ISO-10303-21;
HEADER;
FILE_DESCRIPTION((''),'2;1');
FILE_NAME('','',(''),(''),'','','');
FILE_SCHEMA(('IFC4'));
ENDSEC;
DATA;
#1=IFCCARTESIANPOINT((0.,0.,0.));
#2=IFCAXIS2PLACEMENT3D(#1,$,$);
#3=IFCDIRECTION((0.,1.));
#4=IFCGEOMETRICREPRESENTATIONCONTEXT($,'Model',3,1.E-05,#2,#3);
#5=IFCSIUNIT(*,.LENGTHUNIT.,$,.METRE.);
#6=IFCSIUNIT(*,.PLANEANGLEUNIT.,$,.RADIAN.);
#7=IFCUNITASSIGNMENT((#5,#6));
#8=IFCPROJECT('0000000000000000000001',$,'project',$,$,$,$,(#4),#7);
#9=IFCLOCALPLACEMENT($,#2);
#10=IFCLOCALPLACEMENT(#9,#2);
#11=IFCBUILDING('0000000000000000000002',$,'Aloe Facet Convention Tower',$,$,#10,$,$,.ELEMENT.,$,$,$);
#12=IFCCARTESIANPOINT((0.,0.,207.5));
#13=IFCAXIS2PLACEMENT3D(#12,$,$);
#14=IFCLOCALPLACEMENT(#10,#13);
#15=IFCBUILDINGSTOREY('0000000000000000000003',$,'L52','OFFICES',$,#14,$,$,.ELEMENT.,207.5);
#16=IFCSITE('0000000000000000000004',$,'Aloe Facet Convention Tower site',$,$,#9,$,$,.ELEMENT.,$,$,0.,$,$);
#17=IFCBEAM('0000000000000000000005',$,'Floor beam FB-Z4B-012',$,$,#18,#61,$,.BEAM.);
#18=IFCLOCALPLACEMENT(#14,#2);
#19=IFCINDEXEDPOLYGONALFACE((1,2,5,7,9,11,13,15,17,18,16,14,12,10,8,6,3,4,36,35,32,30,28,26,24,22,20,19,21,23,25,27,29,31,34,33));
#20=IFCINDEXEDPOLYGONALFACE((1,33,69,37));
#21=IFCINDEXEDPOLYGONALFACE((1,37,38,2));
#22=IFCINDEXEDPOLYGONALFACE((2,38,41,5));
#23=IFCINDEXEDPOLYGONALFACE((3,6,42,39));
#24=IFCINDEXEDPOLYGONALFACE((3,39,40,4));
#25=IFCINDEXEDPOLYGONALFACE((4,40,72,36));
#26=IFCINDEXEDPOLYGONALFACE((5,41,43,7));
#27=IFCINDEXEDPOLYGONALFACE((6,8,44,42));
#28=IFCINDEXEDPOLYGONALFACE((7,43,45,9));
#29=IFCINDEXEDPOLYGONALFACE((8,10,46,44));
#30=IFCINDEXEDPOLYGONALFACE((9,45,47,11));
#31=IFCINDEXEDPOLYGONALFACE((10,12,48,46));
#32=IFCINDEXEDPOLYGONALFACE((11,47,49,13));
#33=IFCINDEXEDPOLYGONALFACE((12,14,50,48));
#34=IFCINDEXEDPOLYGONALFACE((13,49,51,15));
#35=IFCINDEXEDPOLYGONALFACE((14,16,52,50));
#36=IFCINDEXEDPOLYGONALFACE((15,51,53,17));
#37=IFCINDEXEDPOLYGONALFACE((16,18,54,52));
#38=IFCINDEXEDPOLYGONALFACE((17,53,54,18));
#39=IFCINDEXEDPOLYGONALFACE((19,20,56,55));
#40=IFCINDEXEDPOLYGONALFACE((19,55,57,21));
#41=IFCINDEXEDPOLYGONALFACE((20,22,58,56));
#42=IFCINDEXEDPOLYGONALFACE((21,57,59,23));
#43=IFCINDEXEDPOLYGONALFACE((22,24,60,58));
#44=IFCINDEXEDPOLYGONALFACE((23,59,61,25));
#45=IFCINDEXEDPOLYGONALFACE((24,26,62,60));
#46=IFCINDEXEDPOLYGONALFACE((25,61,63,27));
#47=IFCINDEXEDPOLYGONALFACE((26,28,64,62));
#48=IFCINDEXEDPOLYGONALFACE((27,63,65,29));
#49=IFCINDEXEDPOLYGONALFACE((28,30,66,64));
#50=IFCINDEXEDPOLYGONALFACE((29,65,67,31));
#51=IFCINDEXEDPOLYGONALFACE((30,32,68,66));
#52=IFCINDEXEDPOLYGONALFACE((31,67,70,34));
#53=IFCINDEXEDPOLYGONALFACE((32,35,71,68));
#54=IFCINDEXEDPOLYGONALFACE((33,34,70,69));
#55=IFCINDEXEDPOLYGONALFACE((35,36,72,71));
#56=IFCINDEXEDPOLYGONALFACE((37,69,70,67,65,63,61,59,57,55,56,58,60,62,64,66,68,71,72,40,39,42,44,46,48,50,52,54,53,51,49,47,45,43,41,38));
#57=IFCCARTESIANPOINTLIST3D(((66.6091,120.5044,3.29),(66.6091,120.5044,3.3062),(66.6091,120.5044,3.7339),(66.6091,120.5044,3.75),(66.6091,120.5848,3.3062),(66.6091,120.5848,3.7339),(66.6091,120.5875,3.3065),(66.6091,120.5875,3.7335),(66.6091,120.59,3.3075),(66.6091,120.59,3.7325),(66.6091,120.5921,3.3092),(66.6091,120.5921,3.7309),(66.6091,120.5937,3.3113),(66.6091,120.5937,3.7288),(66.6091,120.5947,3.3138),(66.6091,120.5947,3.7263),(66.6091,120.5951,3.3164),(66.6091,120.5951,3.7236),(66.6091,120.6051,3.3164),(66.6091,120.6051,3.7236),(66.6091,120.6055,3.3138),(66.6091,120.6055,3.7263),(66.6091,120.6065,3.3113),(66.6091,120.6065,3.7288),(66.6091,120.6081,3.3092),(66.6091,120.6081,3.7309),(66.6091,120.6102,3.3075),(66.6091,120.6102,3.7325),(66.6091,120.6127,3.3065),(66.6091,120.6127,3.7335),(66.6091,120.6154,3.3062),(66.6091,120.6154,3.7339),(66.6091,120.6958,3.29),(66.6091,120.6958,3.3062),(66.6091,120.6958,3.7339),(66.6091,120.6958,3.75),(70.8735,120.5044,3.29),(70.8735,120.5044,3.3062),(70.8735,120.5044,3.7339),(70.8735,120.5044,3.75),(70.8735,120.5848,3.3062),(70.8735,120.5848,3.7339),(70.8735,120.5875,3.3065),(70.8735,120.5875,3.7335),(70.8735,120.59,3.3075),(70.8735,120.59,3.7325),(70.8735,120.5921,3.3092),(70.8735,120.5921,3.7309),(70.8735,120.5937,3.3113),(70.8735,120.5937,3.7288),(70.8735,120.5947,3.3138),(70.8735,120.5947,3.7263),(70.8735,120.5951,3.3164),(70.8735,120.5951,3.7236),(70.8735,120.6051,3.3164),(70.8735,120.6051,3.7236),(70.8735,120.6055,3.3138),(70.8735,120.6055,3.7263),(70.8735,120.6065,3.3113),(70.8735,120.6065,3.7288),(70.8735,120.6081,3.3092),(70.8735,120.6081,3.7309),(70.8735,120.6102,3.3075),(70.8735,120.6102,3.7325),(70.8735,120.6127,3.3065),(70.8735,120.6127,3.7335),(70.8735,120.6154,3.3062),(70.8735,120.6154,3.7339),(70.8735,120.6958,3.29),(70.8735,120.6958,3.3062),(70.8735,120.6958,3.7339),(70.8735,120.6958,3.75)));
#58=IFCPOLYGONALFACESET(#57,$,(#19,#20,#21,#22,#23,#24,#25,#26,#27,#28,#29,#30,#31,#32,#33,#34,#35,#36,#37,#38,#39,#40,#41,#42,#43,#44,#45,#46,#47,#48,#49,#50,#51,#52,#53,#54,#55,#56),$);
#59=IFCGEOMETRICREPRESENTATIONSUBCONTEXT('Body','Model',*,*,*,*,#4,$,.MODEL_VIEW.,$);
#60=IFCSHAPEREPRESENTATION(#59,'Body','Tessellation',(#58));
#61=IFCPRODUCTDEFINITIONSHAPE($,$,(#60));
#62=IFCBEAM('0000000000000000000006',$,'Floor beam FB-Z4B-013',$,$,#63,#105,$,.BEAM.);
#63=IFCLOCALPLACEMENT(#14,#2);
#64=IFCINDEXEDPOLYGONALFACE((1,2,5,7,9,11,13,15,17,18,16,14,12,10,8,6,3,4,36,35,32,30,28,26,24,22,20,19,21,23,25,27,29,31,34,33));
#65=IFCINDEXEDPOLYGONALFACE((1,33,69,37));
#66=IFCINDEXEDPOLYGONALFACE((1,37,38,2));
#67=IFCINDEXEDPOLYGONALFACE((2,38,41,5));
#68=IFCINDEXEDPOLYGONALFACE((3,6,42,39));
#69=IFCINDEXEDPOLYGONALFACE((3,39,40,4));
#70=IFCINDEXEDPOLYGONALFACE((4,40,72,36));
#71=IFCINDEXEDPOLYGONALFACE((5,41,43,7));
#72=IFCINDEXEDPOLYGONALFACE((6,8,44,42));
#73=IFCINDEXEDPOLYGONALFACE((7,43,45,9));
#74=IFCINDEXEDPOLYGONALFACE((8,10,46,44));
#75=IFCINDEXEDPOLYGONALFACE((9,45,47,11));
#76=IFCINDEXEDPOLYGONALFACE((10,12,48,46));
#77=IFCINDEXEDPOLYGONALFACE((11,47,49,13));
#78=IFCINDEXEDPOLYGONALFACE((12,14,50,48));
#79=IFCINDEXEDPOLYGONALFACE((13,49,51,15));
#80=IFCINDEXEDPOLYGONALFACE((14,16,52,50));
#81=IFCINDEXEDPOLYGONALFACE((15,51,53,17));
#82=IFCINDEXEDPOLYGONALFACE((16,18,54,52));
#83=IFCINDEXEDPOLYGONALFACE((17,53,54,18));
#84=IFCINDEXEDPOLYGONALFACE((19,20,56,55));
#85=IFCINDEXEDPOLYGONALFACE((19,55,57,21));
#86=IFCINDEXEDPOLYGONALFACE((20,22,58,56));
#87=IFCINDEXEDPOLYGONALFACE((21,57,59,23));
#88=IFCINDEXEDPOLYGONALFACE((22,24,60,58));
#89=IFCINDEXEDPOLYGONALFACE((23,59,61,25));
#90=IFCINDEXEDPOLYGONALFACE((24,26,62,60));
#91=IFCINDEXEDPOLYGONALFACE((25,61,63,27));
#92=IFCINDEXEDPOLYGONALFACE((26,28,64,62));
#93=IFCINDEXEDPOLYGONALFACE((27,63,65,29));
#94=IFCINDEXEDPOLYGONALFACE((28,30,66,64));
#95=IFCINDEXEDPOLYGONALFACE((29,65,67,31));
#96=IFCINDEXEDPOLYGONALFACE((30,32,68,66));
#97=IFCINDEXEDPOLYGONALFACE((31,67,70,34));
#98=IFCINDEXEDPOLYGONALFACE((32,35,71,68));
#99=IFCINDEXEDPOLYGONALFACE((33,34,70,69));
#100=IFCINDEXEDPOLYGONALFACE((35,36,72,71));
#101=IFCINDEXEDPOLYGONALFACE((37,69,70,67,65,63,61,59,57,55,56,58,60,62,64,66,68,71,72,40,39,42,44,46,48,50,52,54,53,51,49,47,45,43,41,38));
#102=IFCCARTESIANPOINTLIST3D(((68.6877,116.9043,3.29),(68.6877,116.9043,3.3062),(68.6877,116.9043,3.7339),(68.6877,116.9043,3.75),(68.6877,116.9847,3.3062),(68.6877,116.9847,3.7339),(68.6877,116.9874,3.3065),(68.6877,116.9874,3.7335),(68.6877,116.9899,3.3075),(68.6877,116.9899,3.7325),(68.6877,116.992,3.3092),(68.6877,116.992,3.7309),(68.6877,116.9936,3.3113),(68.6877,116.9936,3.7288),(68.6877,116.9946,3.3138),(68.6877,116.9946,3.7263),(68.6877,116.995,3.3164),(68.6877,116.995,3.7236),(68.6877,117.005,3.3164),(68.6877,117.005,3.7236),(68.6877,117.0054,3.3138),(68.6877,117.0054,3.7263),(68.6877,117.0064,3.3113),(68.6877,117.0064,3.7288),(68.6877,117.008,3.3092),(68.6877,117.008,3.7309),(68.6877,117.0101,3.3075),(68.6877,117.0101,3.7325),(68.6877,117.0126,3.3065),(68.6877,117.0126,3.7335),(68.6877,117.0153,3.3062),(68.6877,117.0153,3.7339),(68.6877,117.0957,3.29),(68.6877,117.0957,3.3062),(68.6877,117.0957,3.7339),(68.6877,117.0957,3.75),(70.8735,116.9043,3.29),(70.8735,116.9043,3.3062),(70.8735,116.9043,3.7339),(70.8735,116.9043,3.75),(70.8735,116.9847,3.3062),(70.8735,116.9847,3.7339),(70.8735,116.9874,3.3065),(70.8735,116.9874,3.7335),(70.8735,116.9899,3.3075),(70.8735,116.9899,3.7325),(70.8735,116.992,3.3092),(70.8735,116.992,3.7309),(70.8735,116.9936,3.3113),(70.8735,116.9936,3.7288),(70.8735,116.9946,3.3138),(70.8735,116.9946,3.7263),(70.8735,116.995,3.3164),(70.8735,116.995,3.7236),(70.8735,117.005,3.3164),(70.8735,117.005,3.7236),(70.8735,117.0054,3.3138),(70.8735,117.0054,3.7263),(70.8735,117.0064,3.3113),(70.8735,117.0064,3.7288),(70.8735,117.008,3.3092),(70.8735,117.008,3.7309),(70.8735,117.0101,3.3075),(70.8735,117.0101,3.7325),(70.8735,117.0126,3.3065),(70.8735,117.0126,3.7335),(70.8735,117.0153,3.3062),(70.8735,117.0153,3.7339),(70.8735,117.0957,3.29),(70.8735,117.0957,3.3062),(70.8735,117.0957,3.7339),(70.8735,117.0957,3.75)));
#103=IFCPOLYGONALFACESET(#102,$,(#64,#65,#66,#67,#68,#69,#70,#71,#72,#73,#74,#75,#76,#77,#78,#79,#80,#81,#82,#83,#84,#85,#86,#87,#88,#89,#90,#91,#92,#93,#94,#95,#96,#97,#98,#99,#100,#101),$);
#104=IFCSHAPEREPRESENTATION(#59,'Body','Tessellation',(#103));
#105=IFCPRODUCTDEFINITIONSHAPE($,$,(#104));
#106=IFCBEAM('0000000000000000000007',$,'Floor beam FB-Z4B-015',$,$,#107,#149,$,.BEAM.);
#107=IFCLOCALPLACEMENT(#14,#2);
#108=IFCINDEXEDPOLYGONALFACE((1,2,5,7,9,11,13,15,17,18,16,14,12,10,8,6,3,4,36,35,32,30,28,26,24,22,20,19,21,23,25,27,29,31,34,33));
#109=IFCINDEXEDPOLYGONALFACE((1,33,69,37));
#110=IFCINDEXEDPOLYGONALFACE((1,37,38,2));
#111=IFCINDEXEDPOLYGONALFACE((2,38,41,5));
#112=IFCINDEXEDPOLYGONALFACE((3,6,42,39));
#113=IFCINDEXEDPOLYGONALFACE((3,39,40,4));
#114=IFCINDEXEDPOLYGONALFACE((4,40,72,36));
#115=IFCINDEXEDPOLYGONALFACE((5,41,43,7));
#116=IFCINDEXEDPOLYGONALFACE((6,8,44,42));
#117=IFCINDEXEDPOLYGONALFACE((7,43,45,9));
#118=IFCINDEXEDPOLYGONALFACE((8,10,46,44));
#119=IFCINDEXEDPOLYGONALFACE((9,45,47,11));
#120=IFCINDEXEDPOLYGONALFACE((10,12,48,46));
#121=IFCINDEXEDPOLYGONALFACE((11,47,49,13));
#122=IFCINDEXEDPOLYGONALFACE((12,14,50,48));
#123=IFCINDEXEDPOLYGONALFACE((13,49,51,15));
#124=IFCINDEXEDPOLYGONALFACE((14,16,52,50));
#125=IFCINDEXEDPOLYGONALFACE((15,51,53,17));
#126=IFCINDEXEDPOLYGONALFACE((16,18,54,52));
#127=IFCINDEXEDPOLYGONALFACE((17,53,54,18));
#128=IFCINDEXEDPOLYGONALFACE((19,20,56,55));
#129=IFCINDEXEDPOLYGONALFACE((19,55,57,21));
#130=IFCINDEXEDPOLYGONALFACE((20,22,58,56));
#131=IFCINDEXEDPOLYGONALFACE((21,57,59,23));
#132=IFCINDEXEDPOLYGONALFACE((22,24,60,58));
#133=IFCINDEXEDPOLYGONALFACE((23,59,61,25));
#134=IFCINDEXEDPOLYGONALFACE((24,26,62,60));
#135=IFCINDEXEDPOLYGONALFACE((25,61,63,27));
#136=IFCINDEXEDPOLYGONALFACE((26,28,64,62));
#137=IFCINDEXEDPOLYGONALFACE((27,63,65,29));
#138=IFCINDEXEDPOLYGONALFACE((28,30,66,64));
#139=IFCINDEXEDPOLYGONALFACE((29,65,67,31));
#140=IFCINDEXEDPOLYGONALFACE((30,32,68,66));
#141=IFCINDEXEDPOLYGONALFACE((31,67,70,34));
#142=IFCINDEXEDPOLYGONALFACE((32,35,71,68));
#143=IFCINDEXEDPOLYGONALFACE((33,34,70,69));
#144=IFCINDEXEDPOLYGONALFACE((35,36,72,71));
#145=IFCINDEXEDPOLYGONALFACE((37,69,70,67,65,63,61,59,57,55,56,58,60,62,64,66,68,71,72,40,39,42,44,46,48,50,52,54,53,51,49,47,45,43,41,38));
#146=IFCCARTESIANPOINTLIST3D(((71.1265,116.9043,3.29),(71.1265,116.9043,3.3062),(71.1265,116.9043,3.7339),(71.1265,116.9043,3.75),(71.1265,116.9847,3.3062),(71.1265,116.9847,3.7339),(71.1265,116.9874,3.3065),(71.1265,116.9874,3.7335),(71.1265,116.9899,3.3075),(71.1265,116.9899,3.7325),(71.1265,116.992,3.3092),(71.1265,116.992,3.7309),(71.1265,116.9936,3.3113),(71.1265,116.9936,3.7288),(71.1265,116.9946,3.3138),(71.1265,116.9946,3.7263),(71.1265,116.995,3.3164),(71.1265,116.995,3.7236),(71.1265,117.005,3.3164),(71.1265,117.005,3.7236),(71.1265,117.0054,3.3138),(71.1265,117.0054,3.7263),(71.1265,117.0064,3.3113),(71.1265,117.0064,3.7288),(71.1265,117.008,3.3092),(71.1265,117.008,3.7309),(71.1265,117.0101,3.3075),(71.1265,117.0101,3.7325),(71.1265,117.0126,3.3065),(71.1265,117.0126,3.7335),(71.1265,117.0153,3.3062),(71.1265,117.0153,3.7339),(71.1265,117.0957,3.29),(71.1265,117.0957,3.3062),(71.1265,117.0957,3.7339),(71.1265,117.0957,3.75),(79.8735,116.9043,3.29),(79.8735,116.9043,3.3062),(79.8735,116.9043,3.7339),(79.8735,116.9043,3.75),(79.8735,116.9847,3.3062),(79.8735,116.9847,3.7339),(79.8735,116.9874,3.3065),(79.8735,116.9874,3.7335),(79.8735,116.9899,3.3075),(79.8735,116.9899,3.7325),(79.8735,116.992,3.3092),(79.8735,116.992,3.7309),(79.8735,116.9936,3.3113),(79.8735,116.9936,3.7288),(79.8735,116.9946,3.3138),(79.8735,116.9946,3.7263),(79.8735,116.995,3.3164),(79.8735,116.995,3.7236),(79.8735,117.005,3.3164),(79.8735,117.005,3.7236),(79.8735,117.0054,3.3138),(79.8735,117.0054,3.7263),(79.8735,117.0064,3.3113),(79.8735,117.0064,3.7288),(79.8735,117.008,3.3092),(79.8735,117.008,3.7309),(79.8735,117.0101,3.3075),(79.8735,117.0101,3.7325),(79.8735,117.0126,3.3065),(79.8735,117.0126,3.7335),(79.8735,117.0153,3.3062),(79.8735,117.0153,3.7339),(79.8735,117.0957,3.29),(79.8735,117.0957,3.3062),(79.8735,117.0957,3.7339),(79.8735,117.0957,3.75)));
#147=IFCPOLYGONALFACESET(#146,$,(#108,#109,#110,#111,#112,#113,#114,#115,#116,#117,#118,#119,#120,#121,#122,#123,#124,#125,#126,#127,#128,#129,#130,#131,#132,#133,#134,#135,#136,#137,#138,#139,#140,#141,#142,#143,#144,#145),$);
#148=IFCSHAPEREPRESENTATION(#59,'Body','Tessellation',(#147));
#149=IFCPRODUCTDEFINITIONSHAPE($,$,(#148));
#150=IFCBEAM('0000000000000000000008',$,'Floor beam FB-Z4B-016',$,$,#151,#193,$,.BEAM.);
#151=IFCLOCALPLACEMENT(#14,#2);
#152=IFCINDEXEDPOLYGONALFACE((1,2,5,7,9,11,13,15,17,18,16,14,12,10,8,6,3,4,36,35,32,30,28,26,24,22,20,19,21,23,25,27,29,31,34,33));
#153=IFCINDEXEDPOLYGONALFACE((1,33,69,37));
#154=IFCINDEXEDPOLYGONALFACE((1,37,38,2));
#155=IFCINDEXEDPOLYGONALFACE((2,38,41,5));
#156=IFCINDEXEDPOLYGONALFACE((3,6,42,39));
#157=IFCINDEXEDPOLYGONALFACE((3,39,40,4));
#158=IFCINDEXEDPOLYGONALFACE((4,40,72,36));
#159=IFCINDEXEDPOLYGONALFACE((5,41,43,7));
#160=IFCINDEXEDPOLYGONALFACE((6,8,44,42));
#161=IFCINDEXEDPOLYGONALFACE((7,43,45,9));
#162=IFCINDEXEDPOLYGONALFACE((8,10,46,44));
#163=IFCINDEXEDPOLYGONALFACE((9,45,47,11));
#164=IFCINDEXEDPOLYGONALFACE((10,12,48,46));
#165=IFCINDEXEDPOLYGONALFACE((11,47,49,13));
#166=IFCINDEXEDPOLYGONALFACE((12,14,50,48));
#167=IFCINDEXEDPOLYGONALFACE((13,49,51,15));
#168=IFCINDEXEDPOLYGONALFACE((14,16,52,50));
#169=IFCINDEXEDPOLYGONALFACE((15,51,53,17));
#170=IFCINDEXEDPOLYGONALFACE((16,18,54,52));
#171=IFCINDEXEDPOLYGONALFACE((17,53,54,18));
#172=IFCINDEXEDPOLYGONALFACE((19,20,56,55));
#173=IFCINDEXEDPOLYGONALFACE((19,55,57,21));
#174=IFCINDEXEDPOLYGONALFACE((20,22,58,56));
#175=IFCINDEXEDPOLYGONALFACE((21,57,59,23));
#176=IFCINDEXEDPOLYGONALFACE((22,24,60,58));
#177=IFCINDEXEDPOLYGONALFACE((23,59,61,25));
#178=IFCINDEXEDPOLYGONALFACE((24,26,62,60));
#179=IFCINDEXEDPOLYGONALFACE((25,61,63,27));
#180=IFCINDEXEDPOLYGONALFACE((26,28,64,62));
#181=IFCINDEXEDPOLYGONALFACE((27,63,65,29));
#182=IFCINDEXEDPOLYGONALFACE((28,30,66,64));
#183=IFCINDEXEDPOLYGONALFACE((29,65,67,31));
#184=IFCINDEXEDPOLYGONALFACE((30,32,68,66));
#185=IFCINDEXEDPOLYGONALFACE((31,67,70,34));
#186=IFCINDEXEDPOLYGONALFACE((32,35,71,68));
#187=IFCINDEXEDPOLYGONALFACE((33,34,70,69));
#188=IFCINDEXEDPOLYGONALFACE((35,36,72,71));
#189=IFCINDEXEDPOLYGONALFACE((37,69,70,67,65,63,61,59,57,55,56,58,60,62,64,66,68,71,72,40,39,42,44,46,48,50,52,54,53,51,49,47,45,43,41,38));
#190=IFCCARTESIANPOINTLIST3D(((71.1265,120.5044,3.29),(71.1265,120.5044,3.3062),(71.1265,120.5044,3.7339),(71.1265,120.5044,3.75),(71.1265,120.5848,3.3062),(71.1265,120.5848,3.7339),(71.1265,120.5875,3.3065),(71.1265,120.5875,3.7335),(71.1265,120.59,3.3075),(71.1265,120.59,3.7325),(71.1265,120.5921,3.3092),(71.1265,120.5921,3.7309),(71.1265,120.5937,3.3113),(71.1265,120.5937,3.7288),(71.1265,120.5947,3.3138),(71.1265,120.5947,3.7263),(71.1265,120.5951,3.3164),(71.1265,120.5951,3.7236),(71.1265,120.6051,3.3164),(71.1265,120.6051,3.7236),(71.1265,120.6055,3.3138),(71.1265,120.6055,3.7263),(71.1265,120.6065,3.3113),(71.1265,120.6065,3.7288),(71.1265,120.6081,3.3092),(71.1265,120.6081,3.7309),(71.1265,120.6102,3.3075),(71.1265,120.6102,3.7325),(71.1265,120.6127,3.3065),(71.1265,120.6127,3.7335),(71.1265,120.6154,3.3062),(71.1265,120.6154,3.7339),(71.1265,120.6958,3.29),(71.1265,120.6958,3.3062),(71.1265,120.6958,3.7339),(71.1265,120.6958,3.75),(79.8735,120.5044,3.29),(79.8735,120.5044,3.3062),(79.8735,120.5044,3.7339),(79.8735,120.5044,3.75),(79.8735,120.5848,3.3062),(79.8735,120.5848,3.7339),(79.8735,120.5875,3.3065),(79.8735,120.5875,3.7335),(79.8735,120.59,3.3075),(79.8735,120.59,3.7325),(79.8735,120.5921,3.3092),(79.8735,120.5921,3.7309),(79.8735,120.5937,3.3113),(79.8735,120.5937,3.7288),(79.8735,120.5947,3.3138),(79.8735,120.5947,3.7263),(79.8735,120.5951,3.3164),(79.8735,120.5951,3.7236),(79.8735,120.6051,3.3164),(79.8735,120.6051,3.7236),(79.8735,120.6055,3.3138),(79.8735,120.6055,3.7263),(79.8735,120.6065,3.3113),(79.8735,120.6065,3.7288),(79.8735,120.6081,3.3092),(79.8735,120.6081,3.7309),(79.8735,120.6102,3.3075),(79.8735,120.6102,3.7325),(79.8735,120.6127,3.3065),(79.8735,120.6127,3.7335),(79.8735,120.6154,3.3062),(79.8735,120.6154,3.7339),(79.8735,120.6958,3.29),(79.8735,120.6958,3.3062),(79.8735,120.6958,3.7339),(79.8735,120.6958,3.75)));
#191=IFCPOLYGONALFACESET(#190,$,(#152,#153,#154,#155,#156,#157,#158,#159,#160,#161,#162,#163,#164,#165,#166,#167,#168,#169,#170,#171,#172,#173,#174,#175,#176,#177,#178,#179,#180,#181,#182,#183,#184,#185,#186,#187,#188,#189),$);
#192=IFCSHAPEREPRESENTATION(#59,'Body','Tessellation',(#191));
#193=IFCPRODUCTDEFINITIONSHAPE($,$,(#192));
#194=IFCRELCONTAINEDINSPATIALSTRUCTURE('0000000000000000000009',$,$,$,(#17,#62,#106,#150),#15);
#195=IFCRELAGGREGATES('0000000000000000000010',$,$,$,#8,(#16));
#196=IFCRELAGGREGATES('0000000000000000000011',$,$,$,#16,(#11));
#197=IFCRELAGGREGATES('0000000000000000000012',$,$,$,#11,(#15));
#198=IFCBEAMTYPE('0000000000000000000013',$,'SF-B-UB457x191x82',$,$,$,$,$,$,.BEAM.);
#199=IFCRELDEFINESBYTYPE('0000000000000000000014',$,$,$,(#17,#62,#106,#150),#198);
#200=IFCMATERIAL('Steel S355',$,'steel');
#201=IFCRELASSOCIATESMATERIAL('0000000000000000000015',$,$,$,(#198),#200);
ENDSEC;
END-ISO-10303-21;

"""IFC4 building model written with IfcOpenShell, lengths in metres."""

from ifc_helpers import new_model, si_unit, direction, frame, origin, origin_2d, place, context, subcontext, project, spatial, i_section, extrude, material, material_profile, profile_set, type_object, element, save


model = new_model("IFC4")

# Units and contexts
model_context = context("Model", 3, precision=1e-05, world=origin(), true_north=direction((0.0, 1.0)))
body_context = subcontext(model_context, "Body", "Model", "MODEL_VIEW")
ifc_project = project(units=[si_unit("LENGTHUNIT", "METRE"), si_unit("PLANEANGLEUNIT", "RADIAN")], contexts=[model_context])

# Site, building, storey
site_placement = place(None, origin())
site = spatial("IfcSite", under=ifc_project, at=site_placement, Name="Aloe Facet Convention Tower site", CompositionType="ELEMENT", RefElevation=0.0)
building_placement = place(site_placement, origin())
building = spatial("IfcBuilding", under=site, at=building_placement, Name="Aloe Facet Convention Tower", CompositionType="ELEMENT")
storey_placement = place(building_placement, frame((0.0, 0.0, 207.5)))
storey = spatial("IfcBuildingStorey", under=building, at=storey_placement, Name="L52", Description="OFFICES", CompositionType="ELEMENT", Elevation=207.5)

# Beams
ifc_material_1 = material(Name="Steel S355", Category="steel")
ifc_material_profile_1 = material_profile(ifc_material_1, i_section(OverallWidth=0.1914, OverallDepth=0.46, WebThickness=0.01, FlangeThickness=0.0161, FilletRadius=0.0103, at=origin_2d()), Name="UB 457x191x82")
ifc_profile_set_1 = profile_set([ifc_material_profile_1], Name="Steel S355")
beam_type_1 = type_object("IfcBeamType", Name="SF-B-UB457x191x82", PredefinedType="BEAM", material=ifc_profile_set_1)
beam_1_placement = place(storey_placement, frame((66.6091, 120.6001, 3.52), z_axis=(1.0, 0.0, 0.0), x_axis=(0.0, 1.0, 0.0)))
element("IfcBeam", 1, at=beam_1_placement, inside=storey, type_object=beam_type_1, Name="Floor beam FB-Z4B-012", PredefinedType="BEAM", context=body_context, shape_type="SweptSolid", body=[
    extrude(i_section(OverallWidth=0.1914, OverallDepth=0.46, WebThickness=0.01, FlangeThickness=0.0161, FilletRadius=0.0103, at=origin_2d()), origin(), (0.0, 0.0, 1.0), 4.2644),
])
beam_2_placement = place(storey_placement, frame((68.6877, 117.0, 3.52), z_axis=(1.0, 0.0, 0.0), x_axis=(0.0, 1.0, 0.0)))
element("IfcBeam", 2, at=beam_2_placement, inside=storey, type_object=beam_type_1, Name="Floor beam FB-Z4B-013", PredefinedType="BEAM", context=body_context, shape_type="SweptSolid", body=[
    extrude(i_section(OverallWidth=0.1914, OverallDepth=0.46, WebThickness=0.01, FlangeThickness=0.0161, FilletRadius=0.0103, at=origin_2d()), origin(), (0.0, 0.0, 1.0), 2.1858),
])
for number, where, z_axis, x_axis, name in (
    (3, (71.1265, 117.0, 3.52), (1.0, 0.0, 0.0), (0.0, 1.0, 0.0), "Floor beam FB-Z4B-015"),
    (4, (71.1265, 120.6001, 3.52), (1.0, 0.0, 0.0), (0.0, 1.0, 0.0), "Floor beam FB-Z4B-016"),
):
    element("IfcBeam", number, at=place(storey_placement, frame(where, z_axis=z_axis, x_axis=x_axis)), inside=storey, type_object=beam_type_1, Name=name, PredefinedType="BEAM", context=body_context, shape_type="SweptSolid", body=[
        extrude(i_section(OverallWidth=0.1914, OverallDepth=0.46, WebThickness=0.01, FlangeThickness=0.0161, FilletRadius=0.0103, at=origin_2d()), origin(), (0.0, 0.0, 1.0), 8.7471),
    ])

save(model, "model.ifc")
